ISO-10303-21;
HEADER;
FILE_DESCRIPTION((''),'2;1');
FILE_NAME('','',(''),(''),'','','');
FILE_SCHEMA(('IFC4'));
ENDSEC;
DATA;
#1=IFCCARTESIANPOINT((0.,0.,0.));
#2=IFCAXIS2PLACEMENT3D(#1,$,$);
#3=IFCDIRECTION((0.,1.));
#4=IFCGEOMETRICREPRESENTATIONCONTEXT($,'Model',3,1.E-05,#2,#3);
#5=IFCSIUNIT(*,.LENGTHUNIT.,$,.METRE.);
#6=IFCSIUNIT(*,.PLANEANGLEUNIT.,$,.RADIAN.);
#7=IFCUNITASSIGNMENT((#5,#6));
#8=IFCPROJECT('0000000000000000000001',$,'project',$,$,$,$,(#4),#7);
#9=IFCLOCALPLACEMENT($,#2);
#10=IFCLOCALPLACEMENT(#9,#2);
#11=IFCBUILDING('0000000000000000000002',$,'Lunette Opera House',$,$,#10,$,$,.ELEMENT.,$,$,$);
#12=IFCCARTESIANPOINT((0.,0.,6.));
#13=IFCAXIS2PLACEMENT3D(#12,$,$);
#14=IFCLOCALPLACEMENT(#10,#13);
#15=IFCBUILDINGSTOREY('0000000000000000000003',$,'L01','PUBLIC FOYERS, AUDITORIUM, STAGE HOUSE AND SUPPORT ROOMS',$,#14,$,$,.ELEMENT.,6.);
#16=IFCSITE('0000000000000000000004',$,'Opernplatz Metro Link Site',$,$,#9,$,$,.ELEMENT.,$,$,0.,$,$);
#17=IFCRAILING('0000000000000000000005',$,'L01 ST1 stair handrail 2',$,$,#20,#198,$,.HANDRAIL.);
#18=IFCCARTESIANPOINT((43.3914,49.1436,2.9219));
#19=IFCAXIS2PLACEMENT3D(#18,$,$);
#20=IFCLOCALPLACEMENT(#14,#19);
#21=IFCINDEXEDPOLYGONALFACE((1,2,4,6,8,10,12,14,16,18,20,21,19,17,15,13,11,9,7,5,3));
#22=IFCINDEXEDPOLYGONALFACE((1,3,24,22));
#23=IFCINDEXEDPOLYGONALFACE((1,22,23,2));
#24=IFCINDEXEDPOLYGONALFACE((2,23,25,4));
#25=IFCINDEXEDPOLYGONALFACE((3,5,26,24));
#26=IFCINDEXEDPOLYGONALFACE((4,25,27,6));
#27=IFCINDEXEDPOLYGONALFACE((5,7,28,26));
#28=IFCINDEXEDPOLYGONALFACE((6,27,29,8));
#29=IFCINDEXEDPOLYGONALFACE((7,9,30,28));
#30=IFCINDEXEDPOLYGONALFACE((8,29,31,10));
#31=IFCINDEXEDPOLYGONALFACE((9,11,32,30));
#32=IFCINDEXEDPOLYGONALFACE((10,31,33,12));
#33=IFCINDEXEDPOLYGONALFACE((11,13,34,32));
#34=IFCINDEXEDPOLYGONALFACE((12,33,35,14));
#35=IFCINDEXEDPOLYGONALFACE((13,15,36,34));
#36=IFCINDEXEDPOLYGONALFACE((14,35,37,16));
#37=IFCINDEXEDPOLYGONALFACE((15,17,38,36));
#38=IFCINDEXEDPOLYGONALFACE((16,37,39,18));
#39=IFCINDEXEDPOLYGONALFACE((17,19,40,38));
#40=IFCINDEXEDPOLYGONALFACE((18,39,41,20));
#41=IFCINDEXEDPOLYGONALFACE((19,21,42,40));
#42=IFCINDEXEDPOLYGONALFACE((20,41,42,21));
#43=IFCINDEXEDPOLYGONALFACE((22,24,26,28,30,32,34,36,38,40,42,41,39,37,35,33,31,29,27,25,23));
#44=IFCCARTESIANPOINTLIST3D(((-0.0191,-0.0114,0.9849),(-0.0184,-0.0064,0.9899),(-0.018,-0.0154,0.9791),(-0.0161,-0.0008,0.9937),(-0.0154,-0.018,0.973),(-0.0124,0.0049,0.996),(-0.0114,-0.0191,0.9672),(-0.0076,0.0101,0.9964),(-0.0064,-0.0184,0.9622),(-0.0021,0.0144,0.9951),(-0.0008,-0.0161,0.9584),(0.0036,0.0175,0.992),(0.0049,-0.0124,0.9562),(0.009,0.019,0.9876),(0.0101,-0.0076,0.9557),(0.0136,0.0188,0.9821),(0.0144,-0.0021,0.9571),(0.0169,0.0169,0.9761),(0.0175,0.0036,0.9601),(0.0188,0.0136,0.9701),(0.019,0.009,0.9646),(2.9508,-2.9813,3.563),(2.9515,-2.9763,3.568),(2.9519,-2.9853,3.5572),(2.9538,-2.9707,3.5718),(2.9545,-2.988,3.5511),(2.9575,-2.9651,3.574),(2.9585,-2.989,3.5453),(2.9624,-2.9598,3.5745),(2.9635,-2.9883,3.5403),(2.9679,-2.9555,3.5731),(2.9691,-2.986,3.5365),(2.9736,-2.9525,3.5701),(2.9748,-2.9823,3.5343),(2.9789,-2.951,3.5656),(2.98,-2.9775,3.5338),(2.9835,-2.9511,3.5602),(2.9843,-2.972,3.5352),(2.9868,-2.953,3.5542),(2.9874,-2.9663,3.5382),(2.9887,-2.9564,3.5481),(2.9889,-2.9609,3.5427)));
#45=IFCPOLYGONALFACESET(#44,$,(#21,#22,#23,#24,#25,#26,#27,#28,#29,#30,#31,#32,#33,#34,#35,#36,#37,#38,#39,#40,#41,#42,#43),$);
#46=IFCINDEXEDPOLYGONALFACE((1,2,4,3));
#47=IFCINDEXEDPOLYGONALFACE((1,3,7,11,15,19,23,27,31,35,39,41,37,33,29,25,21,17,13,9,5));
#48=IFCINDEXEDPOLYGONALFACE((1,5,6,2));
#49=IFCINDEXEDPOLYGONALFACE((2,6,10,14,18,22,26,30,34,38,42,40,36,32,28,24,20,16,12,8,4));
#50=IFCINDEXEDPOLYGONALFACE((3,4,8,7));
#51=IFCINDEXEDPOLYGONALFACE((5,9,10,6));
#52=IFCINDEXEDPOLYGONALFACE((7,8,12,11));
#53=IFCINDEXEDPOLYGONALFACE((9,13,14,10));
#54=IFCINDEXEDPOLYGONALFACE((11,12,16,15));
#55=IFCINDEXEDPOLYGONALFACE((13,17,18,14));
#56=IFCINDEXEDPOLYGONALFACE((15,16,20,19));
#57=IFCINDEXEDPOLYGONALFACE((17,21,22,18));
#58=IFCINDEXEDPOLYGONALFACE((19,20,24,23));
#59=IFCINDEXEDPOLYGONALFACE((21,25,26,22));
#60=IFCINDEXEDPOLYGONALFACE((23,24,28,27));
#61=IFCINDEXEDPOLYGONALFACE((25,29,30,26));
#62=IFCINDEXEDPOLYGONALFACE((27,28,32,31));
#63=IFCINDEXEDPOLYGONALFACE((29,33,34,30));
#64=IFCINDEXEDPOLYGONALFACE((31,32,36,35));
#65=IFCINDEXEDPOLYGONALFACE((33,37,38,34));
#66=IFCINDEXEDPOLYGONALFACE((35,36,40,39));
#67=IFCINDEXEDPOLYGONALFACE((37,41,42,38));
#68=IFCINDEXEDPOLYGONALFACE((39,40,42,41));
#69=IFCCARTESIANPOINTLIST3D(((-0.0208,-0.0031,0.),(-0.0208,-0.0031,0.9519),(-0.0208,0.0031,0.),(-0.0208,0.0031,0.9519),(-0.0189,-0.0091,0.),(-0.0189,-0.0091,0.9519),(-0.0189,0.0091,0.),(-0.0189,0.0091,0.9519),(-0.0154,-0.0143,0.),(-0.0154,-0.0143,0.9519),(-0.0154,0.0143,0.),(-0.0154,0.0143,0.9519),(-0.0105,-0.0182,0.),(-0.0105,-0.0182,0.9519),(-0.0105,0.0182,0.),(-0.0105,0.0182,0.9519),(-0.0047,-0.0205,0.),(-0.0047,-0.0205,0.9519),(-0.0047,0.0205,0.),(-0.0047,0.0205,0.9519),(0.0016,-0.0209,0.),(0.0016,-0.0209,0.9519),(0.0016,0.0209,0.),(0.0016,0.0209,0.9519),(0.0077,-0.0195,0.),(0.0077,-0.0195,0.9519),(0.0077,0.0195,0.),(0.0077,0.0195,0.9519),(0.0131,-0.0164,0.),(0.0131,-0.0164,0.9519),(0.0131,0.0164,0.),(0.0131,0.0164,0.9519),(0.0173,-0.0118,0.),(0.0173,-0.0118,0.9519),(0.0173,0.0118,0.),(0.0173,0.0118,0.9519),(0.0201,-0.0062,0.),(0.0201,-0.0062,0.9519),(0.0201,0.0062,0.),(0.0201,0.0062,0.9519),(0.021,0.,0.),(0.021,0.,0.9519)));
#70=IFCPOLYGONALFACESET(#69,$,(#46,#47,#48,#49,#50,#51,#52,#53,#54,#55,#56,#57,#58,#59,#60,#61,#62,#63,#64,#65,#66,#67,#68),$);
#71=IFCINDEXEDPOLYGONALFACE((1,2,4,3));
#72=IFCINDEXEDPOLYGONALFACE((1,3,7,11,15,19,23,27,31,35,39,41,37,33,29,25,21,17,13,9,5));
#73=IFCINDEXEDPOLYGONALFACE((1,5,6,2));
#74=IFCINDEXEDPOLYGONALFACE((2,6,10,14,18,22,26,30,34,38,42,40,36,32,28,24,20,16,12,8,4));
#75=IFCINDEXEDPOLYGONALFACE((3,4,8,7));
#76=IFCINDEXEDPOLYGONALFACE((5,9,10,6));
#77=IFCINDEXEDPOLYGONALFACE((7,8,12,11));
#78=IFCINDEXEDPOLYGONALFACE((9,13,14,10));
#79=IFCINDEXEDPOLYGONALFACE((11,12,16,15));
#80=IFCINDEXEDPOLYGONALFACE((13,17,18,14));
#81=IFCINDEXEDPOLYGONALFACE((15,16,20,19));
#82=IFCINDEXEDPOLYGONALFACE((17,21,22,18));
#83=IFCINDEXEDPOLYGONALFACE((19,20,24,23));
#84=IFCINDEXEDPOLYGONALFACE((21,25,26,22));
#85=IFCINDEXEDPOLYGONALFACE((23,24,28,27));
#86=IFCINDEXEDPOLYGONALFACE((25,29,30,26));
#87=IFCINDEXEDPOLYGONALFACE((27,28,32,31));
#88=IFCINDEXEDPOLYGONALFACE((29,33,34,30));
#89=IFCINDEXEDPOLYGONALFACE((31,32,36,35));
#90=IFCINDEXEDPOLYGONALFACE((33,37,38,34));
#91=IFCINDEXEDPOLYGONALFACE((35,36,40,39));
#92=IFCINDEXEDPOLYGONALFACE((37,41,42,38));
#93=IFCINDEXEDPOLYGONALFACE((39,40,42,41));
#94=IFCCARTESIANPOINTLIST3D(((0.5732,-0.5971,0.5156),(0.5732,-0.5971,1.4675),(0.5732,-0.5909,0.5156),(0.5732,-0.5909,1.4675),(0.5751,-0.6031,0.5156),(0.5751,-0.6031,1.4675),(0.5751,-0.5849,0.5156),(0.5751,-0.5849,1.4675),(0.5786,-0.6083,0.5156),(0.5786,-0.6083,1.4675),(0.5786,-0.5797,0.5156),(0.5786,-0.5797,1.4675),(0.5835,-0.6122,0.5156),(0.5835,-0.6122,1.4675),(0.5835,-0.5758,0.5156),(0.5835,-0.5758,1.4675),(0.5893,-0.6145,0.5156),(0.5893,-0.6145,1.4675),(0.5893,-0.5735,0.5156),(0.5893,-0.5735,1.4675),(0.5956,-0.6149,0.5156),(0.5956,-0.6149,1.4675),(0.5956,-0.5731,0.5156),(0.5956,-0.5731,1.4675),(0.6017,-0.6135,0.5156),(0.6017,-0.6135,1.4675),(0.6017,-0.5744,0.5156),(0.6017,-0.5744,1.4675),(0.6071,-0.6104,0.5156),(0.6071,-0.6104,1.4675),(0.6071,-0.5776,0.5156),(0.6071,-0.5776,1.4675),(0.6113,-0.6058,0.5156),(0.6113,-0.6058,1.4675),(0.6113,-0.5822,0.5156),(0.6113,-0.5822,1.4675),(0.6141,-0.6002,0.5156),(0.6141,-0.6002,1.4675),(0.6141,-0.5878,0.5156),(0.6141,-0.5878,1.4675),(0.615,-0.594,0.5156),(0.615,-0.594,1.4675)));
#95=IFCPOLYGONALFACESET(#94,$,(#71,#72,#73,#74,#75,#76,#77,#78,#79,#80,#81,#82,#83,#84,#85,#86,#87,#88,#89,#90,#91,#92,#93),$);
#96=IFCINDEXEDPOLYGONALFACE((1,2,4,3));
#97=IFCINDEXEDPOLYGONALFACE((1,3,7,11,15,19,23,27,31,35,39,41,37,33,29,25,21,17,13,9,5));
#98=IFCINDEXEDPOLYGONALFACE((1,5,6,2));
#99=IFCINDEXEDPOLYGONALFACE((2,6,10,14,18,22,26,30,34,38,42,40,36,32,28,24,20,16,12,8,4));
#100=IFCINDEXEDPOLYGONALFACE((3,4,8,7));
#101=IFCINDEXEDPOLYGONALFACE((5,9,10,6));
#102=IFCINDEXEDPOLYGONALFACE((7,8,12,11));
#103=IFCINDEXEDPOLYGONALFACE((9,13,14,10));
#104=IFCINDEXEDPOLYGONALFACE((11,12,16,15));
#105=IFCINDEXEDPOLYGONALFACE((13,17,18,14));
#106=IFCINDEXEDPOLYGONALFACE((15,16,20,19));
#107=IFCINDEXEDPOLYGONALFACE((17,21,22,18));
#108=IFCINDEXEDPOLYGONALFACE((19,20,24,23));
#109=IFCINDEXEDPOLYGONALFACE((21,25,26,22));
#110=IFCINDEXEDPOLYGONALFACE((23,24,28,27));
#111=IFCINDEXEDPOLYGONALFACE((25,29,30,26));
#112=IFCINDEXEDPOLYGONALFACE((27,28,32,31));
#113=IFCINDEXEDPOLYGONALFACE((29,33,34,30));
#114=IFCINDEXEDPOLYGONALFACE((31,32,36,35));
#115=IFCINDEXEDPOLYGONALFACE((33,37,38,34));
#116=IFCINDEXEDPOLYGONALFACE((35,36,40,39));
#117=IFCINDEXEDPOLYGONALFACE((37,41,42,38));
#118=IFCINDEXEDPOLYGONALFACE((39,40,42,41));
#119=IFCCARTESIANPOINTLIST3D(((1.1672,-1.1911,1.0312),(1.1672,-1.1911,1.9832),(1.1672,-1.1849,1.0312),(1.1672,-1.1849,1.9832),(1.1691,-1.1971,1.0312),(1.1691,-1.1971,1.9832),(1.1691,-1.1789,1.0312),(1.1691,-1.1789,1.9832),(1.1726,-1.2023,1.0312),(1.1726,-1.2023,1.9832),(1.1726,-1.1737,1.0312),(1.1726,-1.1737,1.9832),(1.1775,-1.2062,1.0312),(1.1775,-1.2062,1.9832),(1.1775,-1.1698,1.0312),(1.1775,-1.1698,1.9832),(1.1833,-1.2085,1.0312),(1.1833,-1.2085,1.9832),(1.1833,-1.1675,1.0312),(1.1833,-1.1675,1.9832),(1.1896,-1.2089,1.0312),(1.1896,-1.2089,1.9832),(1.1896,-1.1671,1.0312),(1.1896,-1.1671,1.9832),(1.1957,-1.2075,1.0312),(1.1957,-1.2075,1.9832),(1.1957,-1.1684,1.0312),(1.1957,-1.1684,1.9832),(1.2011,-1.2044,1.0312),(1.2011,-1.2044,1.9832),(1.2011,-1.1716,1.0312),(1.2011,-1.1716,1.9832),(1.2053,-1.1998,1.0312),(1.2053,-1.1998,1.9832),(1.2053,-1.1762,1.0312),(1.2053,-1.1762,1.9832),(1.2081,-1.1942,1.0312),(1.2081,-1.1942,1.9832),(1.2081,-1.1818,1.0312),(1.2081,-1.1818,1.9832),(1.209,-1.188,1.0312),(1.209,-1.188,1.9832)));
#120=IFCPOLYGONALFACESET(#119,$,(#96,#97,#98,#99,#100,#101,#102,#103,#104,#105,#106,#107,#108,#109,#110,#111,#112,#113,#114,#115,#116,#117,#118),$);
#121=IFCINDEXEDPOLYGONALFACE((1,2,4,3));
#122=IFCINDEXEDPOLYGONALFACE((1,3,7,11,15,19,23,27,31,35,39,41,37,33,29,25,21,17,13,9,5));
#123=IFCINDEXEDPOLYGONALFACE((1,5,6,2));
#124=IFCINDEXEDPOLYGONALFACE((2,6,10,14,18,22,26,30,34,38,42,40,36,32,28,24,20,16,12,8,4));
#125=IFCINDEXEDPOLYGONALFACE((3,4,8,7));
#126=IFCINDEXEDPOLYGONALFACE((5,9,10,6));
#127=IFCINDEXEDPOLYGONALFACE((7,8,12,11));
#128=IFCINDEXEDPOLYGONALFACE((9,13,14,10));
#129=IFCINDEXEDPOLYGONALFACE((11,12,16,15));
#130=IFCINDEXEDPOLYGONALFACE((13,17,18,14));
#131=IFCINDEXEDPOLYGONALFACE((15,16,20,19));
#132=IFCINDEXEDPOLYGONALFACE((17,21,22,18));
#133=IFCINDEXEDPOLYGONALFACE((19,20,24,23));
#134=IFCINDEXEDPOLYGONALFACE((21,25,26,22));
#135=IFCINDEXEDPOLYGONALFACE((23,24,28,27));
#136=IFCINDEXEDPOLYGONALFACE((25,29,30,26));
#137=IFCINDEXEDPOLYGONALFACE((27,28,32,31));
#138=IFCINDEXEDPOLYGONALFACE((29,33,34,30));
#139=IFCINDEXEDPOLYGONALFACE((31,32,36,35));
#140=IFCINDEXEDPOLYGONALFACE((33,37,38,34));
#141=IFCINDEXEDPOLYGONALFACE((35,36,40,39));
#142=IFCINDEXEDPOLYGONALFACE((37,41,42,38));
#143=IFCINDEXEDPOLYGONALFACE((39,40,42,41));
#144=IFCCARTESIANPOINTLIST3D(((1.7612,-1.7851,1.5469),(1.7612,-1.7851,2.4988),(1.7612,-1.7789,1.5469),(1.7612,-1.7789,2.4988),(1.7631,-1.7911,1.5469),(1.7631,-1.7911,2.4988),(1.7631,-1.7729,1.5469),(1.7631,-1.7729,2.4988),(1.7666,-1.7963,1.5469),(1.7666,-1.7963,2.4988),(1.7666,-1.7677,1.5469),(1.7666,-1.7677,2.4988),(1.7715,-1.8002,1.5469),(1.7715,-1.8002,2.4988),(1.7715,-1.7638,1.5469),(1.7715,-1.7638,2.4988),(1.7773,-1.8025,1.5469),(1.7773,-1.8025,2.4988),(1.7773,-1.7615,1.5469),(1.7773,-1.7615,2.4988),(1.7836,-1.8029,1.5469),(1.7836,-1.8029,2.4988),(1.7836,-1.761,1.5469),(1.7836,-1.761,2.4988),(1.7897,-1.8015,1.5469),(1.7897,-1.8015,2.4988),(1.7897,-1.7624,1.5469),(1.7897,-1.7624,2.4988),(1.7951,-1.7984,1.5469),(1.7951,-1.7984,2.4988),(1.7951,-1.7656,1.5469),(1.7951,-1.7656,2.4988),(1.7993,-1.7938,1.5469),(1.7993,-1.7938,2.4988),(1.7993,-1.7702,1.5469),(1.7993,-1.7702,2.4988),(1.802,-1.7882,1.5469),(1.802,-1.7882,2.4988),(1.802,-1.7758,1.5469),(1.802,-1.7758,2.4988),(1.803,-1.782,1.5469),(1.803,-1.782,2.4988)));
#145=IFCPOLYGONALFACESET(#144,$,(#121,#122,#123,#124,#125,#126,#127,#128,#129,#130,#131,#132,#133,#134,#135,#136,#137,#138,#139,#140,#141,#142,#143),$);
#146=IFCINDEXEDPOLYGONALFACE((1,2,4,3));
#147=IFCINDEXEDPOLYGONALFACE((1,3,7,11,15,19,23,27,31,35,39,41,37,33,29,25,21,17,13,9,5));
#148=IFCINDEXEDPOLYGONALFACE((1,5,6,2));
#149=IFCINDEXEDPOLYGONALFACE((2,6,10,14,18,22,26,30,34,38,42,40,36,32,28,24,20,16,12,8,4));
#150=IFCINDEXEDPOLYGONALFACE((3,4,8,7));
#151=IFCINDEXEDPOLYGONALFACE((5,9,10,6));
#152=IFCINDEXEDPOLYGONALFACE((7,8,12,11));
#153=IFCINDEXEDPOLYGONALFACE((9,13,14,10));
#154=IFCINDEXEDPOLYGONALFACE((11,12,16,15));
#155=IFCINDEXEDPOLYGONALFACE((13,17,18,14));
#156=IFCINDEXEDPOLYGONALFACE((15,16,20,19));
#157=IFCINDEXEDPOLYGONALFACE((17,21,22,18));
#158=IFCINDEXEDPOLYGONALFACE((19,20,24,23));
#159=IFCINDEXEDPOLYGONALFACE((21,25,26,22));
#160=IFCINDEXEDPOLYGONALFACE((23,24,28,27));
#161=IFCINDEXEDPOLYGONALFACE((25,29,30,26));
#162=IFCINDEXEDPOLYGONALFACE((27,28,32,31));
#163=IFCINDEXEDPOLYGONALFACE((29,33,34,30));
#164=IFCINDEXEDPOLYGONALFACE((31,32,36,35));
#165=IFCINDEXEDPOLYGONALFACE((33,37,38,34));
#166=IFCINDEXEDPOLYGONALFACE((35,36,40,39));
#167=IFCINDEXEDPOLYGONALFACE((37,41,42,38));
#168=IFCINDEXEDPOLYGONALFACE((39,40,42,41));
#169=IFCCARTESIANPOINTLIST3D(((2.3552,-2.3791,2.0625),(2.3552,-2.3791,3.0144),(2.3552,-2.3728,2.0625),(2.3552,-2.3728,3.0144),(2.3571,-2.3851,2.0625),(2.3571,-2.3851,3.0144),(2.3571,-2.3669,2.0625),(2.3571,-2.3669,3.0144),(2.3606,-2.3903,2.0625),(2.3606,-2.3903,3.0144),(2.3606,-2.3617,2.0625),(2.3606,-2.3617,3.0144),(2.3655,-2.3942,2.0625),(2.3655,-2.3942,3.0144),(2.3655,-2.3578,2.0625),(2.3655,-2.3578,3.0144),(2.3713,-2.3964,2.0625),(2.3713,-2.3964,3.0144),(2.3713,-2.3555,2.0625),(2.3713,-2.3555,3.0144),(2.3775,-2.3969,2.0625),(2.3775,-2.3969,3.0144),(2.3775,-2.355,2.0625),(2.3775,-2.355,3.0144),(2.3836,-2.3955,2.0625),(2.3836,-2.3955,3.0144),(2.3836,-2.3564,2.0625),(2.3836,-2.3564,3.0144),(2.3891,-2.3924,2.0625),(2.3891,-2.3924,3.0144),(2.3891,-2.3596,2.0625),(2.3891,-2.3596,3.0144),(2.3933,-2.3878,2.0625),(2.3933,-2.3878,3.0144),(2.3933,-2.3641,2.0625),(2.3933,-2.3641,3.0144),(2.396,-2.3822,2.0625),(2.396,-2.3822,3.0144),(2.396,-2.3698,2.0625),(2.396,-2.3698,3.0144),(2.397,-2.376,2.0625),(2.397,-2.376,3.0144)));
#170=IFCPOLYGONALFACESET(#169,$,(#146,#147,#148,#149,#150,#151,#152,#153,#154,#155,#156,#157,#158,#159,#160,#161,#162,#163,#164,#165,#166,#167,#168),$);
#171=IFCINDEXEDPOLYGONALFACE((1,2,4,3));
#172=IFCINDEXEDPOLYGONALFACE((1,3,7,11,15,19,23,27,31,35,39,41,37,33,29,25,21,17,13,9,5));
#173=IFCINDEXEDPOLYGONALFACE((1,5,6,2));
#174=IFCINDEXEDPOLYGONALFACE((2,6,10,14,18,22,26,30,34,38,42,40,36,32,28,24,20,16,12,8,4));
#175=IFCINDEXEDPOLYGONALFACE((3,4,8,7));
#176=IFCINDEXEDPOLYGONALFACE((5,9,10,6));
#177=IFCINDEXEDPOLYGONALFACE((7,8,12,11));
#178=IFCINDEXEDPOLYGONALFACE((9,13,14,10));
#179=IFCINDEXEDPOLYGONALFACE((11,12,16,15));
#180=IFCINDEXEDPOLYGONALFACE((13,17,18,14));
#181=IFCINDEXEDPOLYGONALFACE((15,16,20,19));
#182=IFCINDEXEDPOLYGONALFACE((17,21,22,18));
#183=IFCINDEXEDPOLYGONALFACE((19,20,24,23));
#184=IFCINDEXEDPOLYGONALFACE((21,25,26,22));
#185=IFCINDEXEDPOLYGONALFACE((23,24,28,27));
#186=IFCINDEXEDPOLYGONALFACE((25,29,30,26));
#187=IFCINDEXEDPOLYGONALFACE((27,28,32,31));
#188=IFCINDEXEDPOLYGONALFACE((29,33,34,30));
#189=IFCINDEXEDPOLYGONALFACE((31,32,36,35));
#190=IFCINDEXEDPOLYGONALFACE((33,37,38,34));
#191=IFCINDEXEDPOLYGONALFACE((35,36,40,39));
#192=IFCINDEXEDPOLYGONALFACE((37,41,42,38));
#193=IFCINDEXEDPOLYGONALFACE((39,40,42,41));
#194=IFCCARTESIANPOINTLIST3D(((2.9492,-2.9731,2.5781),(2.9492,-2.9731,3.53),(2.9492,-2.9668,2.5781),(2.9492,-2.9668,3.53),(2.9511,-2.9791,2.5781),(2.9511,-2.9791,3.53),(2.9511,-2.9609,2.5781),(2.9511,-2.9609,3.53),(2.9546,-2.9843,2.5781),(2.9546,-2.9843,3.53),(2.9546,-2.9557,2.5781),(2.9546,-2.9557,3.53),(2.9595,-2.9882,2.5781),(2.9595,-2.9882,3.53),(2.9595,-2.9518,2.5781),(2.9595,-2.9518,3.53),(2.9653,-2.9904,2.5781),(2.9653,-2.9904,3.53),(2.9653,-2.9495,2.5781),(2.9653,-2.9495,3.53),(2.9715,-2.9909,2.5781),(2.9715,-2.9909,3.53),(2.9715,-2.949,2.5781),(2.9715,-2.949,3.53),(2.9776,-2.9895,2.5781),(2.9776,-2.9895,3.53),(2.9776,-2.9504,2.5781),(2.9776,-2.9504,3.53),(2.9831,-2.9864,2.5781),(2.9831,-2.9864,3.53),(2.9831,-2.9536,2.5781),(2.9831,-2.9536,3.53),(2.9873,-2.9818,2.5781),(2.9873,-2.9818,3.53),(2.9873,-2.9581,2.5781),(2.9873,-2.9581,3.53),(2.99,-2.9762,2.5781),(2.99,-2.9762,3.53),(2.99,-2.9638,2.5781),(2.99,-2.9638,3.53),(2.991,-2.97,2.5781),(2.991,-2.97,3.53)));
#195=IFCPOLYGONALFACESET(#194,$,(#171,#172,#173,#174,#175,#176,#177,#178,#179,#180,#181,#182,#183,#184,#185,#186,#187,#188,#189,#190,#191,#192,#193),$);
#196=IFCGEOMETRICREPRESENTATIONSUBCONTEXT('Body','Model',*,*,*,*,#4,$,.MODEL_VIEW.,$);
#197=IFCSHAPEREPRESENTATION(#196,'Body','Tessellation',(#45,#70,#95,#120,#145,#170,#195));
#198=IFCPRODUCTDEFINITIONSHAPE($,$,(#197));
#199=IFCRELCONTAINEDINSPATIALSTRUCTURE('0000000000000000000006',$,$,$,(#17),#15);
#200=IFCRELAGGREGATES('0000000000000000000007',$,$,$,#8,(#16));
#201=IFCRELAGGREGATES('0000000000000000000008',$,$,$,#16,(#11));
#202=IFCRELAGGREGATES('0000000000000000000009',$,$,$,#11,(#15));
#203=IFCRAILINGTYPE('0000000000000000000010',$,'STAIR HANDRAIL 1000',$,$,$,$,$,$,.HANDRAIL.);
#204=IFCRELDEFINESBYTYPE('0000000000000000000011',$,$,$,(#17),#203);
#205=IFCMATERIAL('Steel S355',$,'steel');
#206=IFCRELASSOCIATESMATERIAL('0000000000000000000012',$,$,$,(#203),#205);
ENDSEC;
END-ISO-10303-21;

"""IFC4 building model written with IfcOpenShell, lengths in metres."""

from ifc_helpers import new_model, si_unit, direction, frame, origin, origin_2d, place, context, subcontext, project, spatial, circle, extrude, material, type_object, element, save


model = new_model("IFC4")

# Units and contexts
model_context = context("Model", 3, precision=1e-05, world=origin(), true_north=direction((0.0, 1.0)))
body_context = subcontext(model_context, "Body", "Model", "MODEL_VIEW")
ifc_project = project(units=[si_unit("LENGTHUNIT", "METRE"), si_unit("PLANEANGLEUNIT", "RADIAN")], contexts=[model_context])

# Site, building, storey
site_placement = place(None, origin())
site = spatial("IfcSite", under=ifc_project, at=site_placement, Name="Opernplatz Metro Link Site", CompositionType="ELEMENT", RefElevation=0.0)
building_placement = place(site_placement, origin())
building = spatial("IfcBuilding", under=site, at=building_placement, Name="Lunette Opera House", CompositionType="ELEMENT")
storey_placement = place(building_placement, frame((0.0, 0.0, 6.0)))
storey = spatial("IfcBuildingStorey", under=building, at=storey_placement, Name="L01", Description="PUBLIC FOYERS, AUDITORIUM, STAGE HOUSE AND SUPPORT ROOMS", CompositionType="ELEMENT", Elevation=6.0)

# Railing
ifc_material_1 = material(Name="Steel S355", Category="steel")
railing_type_1 = type_object("IfcRailingType", Name="STAIR HANDRAIL 1000", PredefinedType="HANDRAIL", material=ifc_material_1)
railing_1_placement = place(storey_placement, frame((43.3914, 49.1436, 2.9219)))
element("IfcRailing", 1, at=railing_1_placement, inside=storey, type_object=railing_type_1, Name="L01 ST1 stair handrail 2", PredefinedType="HANDRAIL", context=body_context, shape_type="SweptSolid", body=[
    extrude(circle(Radius=0.0239, at=origin_2d()), frame((0.0, 0.0, 0.9761), z_axis=(0.602635, -0.602635, 0.523126), x_axis=(0.707107, 0.707107, 0.0)), (0.0, 0.0, 1.0), 4.9282),
    extrude(circle(Radius=0.021, at=origin_2d()), origin(), (0.0, 0.0, 1.0), 0.9519),
    extrude(circle(Radius=0.021, at=origin_2d()), frame((0.594, -0.594, 0.5156)), (0.0, 0.0, 1.0), 0.9519),
    extrude(circle(Radius=0.021, at=origin_2d()), frame((1.188, -1.188, 1.0312)), (0.0, 0.0, 1.0), 0.9519),
    extrude(circle(Radius=0.021, at=origin_2d()), frame((1.782, -1.782, 1.5469)), (0.0, 0.0, 1.0), 0.9519),
    extrude(circle(Radius=0.021, at=origin_2d()), frame((2.376, -2.376, 2.0625)), (0.0, 0.0, 1.0), 0.9519),
    extrude(circle(Radius=0.021, at=origin_2d()), frame((2.97, -2.97, 2.5781)), (0.0, 0.0, 1.0), 0.9519),
])

save(model, "model.ifc")
